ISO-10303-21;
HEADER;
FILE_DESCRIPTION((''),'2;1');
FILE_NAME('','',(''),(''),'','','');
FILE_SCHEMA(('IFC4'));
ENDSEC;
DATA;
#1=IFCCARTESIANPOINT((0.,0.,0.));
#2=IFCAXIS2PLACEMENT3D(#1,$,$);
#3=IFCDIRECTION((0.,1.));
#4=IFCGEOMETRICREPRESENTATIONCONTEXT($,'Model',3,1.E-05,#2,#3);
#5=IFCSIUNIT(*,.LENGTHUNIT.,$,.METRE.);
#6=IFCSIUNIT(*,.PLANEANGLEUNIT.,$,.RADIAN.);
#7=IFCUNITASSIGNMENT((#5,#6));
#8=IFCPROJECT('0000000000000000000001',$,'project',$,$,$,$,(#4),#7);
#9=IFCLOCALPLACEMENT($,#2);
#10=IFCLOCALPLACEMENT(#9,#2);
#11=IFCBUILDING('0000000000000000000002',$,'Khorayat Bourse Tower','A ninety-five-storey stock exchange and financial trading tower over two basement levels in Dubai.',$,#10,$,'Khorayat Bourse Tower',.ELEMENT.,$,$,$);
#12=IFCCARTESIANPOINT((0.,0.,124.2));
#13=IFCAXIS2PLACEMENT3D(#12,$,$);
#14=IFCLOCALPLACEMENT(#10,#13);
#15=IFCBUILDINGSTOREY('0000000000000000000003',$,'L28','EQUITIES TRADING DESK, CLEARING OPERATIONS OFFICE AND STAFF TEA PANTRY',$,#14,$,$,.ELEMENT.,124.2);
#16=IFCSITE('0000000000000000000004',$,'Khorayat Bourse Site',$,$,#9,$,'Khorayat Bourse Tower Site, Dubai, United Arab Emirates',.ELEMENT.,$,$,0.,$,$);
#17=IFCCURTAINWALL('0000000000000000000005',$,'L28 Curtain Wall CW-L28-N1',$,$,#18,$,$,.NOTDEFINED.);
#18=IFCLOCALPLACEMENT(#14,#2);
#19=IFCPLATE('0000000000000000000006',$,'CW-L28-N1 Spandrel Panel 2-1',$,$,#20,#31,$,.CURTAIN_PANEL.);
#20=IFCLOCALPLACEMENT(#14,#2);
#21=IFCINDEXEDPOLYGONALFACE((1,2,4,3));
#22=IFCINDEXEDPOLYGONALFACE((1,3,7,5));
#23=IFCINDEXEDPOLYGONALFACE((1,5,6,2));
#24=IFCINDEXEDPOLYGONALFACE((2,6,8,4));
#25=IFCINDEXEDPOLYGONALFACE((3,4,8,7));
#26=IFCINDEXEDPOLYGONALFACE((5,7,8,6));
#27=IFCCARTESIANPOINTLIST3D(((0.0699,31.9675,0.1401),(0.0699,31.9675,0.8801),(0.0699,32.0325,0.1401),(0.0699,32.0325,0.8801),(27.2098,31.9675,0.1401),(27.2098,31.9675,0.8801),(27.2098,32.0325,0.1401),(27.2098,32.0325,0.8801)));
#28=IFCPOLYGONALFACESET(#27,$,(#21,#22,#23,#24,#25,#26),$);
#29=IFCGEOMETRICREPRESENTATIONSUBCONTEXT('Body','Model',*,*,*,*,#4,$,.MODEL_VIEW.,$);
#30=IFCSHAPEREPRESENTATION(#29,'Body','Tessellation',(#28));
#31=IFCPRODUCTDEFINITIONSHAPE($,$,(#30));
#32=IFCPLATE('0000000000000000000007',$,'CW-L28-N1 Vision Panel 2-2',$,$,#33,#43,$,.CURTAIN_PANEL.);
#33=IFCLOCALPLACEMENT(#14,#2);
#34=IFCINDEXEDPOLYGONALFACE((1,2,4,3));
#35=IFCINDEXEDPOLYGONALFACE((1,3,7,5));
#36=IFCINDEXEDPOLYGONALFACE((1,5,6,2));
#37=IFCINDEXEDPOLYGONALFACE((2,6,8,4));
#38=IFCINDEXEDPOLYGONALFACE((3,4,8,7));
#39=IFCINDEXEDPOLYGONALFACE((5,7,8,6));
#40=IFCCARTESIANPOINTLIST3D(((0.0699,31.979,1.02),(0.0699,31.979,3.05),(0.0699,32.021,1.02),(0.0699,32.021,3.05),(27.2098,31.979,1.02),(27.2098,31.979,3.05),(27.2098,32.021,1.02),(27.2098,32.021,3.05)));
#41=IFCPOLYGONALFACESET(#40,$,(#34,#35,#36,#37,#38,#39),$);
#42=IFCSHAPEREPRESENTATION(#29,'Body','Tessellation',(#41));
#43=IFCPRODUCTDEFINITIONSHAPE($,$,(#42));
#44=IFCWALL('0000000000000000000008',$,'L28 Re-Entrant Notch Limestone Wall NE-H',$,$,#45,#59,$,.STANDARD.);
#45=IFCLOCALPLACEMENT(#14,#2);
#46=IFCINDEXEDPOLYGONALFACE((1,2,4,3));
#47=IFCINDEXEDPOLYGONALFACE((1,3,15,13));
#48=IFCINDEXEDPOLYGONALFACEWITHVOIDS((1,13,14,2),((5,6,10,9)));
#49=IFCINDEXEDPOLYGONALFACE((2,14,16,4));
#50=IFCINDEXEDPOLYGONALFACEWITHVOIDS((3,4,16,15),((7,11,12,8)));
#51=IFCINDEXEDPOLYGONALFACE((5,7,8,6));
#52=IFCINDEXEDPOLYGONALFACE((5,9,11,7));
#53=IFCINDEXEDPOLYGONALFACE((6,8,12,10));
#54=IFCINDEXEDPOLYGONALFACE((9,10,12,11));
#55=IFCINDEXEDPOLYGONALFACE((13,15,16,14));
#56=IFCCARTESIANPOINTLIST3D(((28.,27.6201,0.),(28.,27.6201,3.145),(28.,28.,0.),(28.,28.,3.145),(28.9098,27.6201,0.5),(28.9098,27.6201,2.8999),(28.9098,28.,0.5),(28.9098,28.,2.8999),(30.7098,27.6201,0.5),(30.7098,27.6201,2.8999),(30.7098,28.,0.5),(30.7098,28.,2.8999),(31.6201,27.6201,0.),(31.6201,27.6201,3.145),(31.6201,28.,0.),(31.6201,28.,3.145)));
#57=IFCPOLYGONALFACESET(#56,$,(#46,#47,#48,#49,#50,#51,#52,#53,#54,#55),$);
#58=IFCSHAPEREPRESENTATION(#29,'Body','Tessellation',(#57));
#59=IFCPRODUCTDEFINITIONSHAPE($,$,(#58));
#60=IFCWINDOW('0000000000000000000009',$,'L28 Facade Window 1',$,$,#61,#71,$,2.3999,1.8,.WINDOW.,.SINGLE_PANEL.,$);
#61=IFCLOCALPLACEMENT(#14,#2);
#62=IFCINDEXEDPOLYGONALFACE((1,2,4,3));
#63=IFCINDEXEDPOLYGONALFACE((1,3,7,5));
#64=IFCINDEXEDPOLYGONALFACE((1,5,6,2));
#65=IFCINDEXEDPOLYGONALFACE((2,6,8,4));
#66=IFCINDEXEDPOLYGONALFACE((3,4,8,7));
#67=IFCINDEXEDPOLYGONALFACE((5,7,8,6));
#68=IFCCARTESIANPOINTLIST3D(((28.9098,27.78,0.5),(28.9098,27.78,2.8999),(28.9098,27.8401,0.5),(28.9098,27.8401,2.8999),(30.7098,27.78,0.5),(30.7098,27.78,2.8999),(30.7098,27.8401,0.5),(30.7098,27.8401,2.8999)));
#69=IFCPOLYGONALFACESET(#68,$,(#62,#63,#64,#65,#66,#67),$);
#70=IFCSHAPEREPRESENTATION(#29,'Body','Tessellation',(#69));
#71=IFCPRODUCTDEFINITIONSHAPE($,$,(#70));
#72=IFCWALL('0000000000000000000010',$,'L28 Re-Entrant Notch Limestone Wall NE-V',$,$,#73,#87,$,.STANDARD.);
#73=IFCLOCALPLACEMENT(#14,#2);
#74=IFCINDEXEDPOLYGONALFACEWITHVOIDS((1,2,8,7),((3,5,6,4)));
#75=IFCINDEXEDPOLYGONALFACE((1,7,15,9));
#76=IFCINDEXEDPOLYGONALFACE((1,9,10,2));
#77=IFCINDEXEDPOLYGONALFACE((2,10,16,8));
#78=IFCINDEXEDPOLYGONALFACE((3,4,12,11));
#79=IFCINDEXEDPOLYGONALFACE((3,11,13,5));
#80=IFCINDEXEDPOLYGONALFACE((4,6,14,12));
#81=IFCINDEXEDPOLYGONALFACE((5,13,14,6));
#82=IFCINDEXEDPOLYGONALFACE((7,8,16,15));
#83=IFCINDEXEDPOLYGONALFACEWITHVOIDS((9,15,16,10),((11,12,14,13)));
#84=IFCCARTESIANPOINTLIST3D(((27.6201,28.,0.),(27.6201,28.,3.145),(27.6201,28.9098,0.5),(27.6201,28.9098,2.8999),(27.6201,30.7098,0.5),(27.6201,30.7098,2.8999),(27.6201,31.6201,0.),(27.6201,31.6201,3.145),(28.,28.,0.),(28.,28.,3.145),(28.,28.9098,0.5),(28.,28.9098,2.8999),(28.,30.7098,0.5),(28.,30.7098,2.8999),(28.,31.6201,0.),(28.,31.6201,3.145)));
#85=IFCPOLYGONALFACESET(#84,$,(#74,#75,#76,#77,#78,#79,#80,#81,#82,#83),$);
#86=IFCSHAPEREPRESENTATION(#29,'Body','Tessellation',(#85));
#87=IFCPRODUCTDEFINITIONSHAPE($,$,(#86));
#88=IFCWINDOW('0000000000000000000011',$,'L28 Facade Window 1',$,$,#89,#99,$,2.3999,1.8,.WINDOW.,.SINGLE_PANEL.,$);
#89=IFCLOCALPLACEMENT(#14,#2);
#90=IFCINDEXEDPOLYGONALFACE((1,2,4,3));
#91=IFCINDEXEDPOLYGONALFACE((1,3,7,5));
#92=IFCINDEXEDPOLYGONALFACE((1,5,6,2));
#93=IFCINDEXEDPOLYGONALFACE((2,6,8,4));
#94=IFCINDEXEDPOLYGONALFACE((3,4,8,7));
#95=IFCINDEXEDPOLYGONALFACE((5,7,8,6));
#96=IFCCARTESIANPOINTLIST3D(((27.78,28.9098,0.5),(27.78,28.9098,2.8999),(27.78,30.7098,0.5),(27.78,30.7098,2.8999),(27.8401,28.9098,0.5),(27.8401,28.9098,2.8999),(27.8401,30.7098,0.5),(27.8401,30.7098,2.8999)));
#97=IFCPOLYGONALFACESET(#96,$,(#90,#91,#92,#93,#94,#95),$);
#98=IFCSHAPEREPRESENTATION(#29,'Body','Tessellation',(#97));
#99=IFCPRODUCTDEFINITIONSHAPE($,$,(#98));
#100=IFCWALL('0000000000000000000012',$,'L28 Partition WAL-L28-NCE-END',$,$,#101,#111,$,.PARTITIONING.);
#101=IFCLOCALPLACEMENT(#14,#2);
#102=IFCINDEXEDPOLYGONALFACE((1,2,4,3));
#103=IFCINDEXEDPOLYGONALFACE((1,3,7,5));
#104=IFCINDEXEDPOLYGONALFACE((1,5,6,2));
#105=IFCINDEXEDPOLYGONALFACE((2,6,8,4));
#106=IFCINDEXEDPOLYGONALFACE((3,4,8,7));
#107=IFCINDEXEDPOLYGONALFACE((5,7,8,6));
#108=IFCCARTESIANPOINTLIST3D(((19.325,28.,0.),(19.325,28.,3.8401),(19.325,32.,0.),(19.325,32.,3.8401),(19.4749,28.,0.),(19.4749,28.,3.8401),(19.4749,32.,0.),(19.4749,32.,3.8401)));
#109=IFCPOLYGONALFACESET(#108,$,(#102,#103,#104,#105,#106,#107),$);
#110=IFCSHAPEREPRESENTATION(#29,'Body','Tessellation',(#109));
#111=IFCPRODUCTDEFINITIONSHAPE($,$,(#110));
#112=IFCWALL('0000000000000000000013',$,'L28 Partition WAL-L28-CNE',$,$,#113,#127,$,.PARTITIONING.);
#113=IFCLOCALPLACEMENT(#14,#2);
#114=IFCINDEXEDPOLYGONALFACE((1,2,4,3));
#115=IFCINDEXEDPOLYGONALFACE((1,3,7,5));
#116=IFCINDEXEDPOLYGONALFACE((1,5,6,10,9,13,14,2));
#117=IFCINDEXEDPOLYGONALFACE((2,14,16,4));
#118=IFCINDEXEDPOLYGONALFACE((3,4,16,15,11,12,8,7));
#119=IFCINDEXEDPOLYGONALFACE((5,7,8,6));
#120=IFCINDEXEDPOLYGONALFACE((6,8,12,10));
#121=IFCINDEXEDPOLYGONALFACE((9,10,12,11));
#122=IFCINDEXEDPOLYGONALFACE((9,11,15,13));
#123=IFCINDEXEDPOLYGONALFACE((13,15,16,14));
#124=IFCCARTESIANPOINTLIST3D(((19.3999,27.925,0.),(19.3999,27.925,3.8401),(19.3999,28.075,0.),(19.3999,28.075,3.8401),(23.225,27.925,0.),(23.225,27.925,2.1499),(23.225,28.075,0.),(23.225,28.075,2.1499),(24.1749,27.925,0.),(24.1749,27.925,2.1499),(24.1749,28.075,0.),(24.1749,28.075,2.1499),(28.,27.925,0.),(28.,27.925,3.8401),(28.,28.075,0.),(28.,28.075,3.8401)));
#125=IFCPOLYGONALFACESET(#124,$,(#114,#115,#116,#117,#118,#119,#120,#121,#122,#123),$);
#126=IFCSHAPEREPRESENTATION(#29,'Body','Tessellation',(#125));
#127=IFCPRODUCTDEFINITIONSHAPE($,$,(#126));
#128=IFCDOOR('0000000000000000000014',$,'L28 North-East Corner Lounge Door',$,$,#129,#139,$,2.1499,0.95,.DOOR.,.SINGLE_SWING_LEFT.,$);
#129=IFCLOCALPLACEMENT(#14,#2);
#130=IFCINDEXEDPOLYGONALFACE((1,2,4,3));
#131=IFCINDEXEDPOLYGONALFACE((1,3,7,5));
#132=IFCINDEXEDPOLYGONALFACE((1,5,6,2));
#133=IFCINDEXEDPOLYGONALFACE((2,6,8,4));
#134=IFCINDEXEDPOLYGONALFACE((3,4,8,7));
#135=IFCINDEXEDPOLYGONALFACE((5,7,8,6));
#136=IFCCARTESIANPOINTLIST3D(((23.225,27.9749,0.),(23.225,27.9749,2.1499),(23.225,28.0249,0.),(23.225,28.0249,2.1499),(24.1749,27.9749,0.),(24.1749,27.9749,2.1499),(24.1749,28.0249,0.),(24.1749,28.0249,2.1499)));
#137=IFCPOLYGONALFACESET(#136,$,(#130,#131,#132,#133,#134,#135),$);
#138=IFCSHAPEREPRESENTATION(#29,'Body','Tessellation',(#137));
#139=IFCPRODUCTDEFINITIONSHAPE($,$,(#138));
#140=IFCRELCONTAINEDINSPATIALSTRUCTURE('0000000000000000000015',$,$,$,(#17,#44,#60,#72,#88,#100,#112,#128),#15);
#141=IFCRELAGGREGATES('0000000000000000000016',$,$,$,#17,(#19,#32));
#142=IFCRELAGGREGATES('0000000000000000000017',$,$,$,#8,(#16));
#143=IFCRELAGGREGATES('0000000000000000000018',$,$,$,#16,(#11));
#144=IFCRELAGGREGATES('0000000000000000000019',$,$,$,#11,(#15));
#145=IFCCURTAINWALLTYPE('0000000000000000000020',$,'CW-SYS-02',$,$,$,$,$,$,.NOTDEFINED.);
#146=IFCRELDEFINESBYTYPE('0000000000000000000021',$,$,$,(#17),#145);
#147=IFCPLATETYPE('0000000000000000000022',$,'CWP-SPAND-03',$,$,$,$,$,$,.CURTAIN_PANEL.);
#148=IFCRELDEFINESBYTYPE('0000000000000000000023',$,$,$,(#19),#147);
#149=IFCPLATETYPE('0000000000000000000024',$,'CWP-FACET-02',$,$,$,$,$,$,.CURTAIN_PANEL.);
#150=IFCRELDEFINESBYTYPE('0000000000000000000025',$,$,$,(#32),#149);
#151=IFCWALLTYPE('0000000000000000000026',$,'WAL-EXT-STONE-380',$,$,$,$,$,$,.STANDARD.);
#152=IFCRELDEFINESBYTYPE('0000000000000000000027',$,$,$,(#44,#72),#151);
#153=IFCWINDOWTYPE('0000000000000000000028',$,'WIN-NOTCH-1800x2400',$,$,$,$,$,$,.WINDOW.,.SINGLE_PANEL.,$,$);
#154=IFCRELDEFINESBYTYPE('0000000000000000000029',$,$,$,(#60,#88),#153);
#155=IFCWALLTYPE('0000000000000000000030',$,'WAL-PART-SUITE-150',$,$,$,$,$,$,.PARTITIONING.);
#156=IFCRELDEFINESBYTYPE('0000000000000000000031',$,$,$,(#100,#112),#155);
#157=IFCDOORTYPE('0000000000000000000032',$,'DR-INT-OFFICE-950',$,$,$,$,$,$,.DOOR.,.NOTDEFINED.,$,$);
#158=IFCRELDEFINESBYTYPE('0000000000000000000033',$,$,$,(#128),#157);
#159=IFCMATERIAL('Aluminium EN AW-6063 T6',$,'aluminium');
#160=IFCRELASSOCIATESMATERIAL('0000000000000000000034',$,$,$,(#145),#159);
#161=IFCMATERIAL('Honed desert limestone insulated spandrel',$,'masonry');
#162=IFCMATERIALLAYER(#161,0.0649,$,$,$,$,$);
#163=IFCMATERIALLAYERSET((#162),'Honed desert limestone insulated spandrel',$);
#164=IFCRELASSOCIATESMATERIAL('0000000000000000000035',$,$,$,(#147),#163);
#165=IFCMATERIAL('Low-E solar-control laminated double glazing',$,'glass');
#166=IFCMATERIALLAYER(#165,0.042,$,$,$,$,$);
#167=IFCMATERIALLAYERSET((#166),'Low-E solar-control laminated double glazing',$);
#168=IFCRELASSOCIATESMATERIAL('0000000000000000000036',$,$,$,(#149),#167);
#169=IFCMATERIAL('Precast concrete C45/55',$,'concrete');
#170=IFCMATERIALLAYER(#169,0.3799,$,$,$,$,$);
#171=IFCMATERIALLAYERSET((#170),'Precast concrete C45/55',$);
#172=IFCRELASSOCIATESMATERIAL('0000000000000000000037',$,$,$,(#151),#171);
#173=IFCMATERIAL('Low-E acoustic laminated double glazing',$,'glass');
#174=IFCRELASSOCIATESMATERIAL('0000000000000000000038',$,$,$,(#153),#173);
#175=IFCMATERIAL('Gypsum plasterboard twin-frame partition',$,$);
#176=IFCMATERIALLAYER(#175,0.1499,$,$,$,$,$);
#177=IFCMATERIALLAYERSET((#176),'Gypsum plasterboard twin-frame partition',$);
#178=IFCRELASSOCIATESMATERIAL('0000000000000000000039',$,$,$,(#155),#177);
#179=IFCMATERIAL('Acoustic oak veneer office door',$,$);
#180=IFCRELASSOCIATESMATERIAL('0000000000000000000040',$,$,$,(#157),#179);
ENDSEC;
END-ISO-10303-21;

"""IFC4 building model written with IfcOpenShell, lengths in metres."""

from ifc_helpers import new_model, si_unit, direction, frame, frame_2d, origin, origin_2d, place, context, subcontext, project, spatial, rectangle, extrude, source, transform, mapped, material, layer, layer_set, type_object, element, fill, aggregate, save


model = new_model("IFC4")

# Units and contexts
model_context = context("Model", 3, precision=1e-05, world=origin(), true_north=direction((0.0, 1.0)))
body_context = subcontext(model_context, "Body", "Model", "MODEL_VIEW")
ifc_project = project(units=[si_unit("LENGTHUNIT", "METRE"), si_unit("PLANEANGLEUNIT", "RADIAN")], contexts=[model_context])

# Site, building, storey
site_placement = place(None, origin())
site = spatial("IfcSite", under=ifc_project, at=site_placement, Name="Khorayat Bourse Site", LongName="Khorayat Bourse Tower Site, Dubai, United Arab Emirates", CompositionType="ELEMENT", RefElevation=0.0)
building_placement = place(site_placement, origin())
building = spatial("IfcBuilding", under=site, at=building_placement, Name="Khorayat Bourse Tower", Description="A ninety-five-storey stock exchange and financial trading tower over two basement levels in Dubai.", LongName="Khorayat Bourse Tower", CompositionType="ELEMENT")
storey_placement = place(building_placement, frame((0.0, 0.0, 124.2)))
storey = spatial("IfcBuildingStorey", under=building, at=storey_placement, Name="L28", Description="EQUITIES TRADING DESK, CLEARING OPERATIONS OFFICE AND STAFF TEA PANTRY", CompositionType="ELEMENT", Elevation=124.2)

# Curtain wall
ifc_material_1 = material(Name="Aluminium EN AW-6063 T6", Category="aluminium")
curtain_wall_type = type_object("IfcCurtainWallType", Name="CW-SYS-02", PredefinedType="NOTDEFINED", material=ifc_material_1)
curtain_wall_1_placement = place(storey_placement, origin())
curtain_wall_1 = element("IfcCurtainWall", 1, at=curtain_wall_1_placement, inside=storey, type_object=curtain_wall_type, Name="L28 Curtain Wall CW-L28-N1", PredefinedType="NOTDEFINED")

# Plates
ifc_material_2 = material(Name="Honed desert limestone insulated spandrel", Category="masonry")
ifc_layer_1 = layer(ifc_material_2, 0.0649)
ifc_layer_set_1 = layer_set([ifc_layer_1], Name="Honed desert limestone insulated spandrel")
plate_type_1 = type_object("IfcPlateType", Name="CWP-SPAND-03", PredefinedType="CURTAIN_PANEL", material=ifc_layer_set_1)
shared_shape_1 = source(origin(), body_context, "Body", "SweptSolid", [
    extrude(rectangle(XDim=27.1399, YDim=0.0649, at=origin_2d()), origin(), (0.0, 0.0, 1.0), 0.74),
])
plate_1_placement = place(storey_placement, frame((13.6399, 32.0, 0.1401), z_axis=(0.0, 0.0, 1.0), x_axis=(1.0, 0.0, 0.0)))
plate_1 = element("IfcPlate", 2, at=plate_1_placement, type_object=plate_type_1, Name="CW-L28-N1 Spandrel Panel 2-1", PredefinedType="CURTAIN_PANEL", context=body_context, shape_type="MappedRepresentation", body=[
    mapped(shared_shape_1, transform((0.0, 0.0, 0.0), scale=1.0)),
])
ifc_material_3 = material(Name="Low-E solar-control laminated double glazing", Category="glass")
ifc_layer_2 = layer(ifc_material_3, 0.042)
ifc_layer_set_2 = layer_set([ifc_layer_2], Name="Low-E solar-control laminated double glazing")
plate_type_2 = type_object("IfcPlateType", Name="CWP-FACET-02", PredefinedType="CURTAIN_PANEL", material=ifc_layer_set_2)
shared_shape_2 = source(origin(), body_context, "Body", "SweptSolid", [
    extrude(rectangle(XDim=27.1399, YDim=0.042, at=origin_2d()), origin(), (0.0, 0.0, 1.0), 2.03),
])
plate_2_placement = place(storey_placement, frame((13.6399, 32.0, 1.02), z_axis=(0.0, 0.0, 1.0), x_axis=(1.0, 0.0, 0.0)))
plate_2 = element("IfcPlate", 3, at=plate_2_placement, type_object=plate_type_2, Name="CW-L28-N1 Vision Panel 2-2", PredefinedType="CURTAIN_PANEL", context=body_context, shape_type="MappedRepresentation", body=[
    mapped(shared_shape_2, transform((0.0, 0.0, 0.0), scale=1.0)),
])
aggregate(curtain_wall_1, [plate_1, plate_2])

# Walls, openings, windows
ifc_material_4 = material(Name="Precast concrete C45/55", Category="concrete")
ifc_layer_3 = layer(ifc_material_4, 0.3799)
ifc_layer_set_3 = layer_set([ifc_layer_3], Name="Precast concrete C45/55")
wall_type_1 = type_object("IfcWallType", Name="WAL-EXT-STONE-380", PredefinedType="STANDARD", material=ifc_layer_set_3)
shared_shape_3 = source(origin(), body_context, "Body", "SweptSolid", [
    extrude(rectangle(XDim=3.6201, YDim=0.3799, at=frame_2d((1.8101, 0.0))), origin(), (0.0, 0.0, 1.0), 3.145),
])
wall_1_placement = place(storey_placement, frame((28.0, 27.8101, 0.0), z_axis=(0.0, 0.0, 1.0), x_axis=(1.0, 0.0, 0.0)))
wall_1 = element("IfcWall", 4, at=wall_1_placement, inside=storey, type_object=wall_type_1, Name="L28 Re-Entrant Notch Limestone Wall NE-H", PredefinedType="STANDARD", context=body_context, shape_type="MappedRepresentation", body=[
    mapped(shared_shape_3, transform((0.0, 0.0, 0.0), scale=1.0)),
])
shared_shape_4 = source(origin(), body_context, "Body", "SweptSolid", [
    extrude(rectangle(XDim=1.8, YDim=2.3999, at=frame_2d((0.8999, 1.2))), frame((0.0, 0.2, 0.0), z_axis=(0.0, -1.0, 0.0), x_axis=(1.0, 0.0, 0.0)), (0.0, 0.0, 1.0), 0.3999),
])
opening_1_placement = place(wall_1_placement, frame((0.9099, 0.0, 0.5)))
opening_1 = element("IfcOpeningElement", 5, at=opening_1_placement, cuts=wall_1, PredefinedType="OPENING", context=body_context, shape_type="MappedRepresentation", body=[
    mapped(shared_shape_4, transform((0.0, 0.0, 0.0), scale=1.0)),
])
ifc_material_5 = material(Name="Low-E acoustic laminated double glazing", Category="glass")
window_type = type_object("IfcWindowType", Name="WIN-NOTCH-1800x2400", PartitioningType="SINGLE_PANEL", PredefinedType="WINDOW", material=ifc_material_5)
shared_shape_5 = source(origin(), body_context, "Body", "SweptSolid", [
    extrude(rectangle(XDim=1.8, YDim=2.3999, at=frame_2d((0.8999, 1.2))), frame((0.0, 0.03, 0.0), z_axis=(0.0, -1.0, 0.0), x_axis=(1.0, 0.0, 0.0)), (0.0, 0.0, 1.0), 0.0601),
])
window_1_placement = place(opening_1_placement, origin())
window_1 = element("IfcWindow", 6, at=window_1_placement, inside=storey, type_object=window_type, Name="L28 Facade Window 1", OverallHeight=2.3999, OverallWidth=1.8, PartitioningType="SINGLE_PANEL", PredefinedType="WINDOW", context=body_context, shape_type="MappedRepresentation", body=[
    mapped(shared_shape_5, transform((0.0, 0.0, 0.0), scale=1.0)),
])
fill(opening_1, window_1)
wall_2_placement = place(storey_placement, frame((27.8101, 28.0, 0.0), z_axis=(0.0, 0.0, 1.0), x_axis=(0.0, 1.0, 0.0)))
wall_2 = element("IfcWall", 7, at=wall_2_placement, inside=storey, type_object=wall_type_1, Name="L28 Re-Entrant Notch Limestone Wall NE-V", PredefinedType="STANDARD", context=body_context, shape_type="MappedRepresentation", body=[
    mapped(shared_shape_3, transform((0.0, 0.0, 0.0), scale=1.0)),
])
opening_2_placement = place(wall_2_placement, frame((0.9099, 0.0, 0.5)))
opening_2 = element("IfcOpeningElement", 8, at=opening_2_placement, cuts=wall_2, PredefinedType="OPENING", context=body_context, shape_type="MappedRepresentation", body=[
    mapped(shared_shape_4, transform((0.0, 0.0, 0.0), scale=1.0)),
])
window_2_placement = place(opening_2_placement, origin())
window_2 = element("IfcWindow", 9, at=window_2_placement, inside=storey, type_object=window_type, Name="L28 Facade Window 1", OverallHeight=2.3999, OverallWidth=1.8, PartitioningType="SINGLE_PANEL", PredefinedType="WINDOW", context=body_context, shape_type="MappedRepresentation", body=[
    mapped(shared_shape_5, transform((0.0, 0.0, 0.0), scale=1.0)),
])
fill(opening_2, window_2)

# Wall
ifc_material_6 = material(Name="Gypsum plasterboard twin-frame partition")
ifc_layer_4 = layer(ifc_material_6, 0.1499)
ifc_layer_set_4 = layer_set([ifc_layer_4], Name="Gypsum plasterboard twin-frame partition")
wall_type_2 = type_object("IfcWallType", Name="WAL-PART-SUITE-150", PredefinedType="PARTITIONING", material=ifc_layer_set_4)
shared_shape_6 = source(origin(), body_context, "Body", "SweptSolid", [
    extrude(rectangle(XDim=4.0, YDim=0.1499, at=frame_2d((2.0, 0.0))), origin(), (0.0, 0.0, 1.0), 3.8401),
])
wall_3_placement = place(storey_placement, frame((19.3999, 28.0, 0.0), z_axis=(0.0, 0.0, 1.0), x_axis=(0.0, 1.0, 0.0)))
element("IfcWall", 10, at=wall_3_placement, inside=storey, type_object=wall_type_2, Name="L28 Partition WAL-L28-NCE-END", PredefinedType="PARTITIONING", context=body_context, shape_type="MappedRepresentation", body=[
    mapped(shared_shape_6, transform((0.0, 0.0, 0.0), scale=1.0)),
])

# Wall, opening, door
shared_shape_7 = source(origin(), body_context, "Body", "SweptSolid", [
    extrude(rectangle(XDim=8.6001, YDim=0.1499, at=frame_2d((4.3, 0.0))), origin(), (0.0, 0.0, 1.0), 3.8401),
])
wall_4_placement = place(storey_placement, frame((19.3999, 28.0, 0.0), z_axis=(0.0, 0.0, 1.0), x_axis=(1.0, 0.0, 0.0)))
wall_4 = element("IfcWall", 11, at=wall_4_placement, inside=storey, type_object=wall_type_2, Name="L28 Partition WAL-L28-CNE", PredefinedType="PARTITIONING", context=body_context, shape_type="MappedRepresentation", body=[
    mapped(shared_shape_7, transform((0.0, 0.0, 0.0), scale=1.0)),
])
shared_shape_8 = source(origin(), body_context, "Body", "SweptSolid", [
    extrude(rectangle(XDim=0.95, YDim=2.1499, at=frame_2d((0.4751, 1.075))), frame((0.0, 0.085, 0.0), z_axis=(0.0, -1.0, 0.0), x_axis=(1.0, 0.0, 0.0)), (0.0, 0.0, 1.0), 0.1699),
])
opening_3_placement = place(wall_4_placement, frame((3.825, 0.0, 0.0)))
opening_3 = element("IfcOpeningElement", 12, at=opening_3_placement, cuts=wall_4, PredefinedType="OPENING", context=body_context, shape_type="MappedRepresentation", body=[
    mapped(shared_shape_8, transform((0.0, 0.0, 0.0), scale=1.0)),
])
ifc_material_7 = material(Name="Acoustic oak veneer office door")
door_type = type_object("IfcDoorType", Name="DR-INT-OFFICE-950", OperationType="NOTDEFINED", PredefinedType="DOOR", material=ifc_material_7)
shared_shape_9 = source(origin(), body_context, "Body", "SweptSolid", [
    extrude(rectangle(XDim=0.95, YDim=2.1499, at=frame_2d((0.4751, 1.075))), frame((0.0, 0.0249, 0.0), z_axis=(0.0, -1.0, 0.0), x_axis=(1.0, 0.0, 0.0)), (0.0, 0.0, 1.0), 0.05),
])
door_placement = place(opening_3_placement, origin())
door = element("IfcDoor", 13, at=door_placement, inside=storey, type_object=door_type, Name="L28 North-East Corner Lounge Door", OperationType="SINGLE_SWING_LEFT", OverallHeight=2.1499, OverallWidth=0.95, PredefinedType="DOOR", context=body_context, shape_type="MappedRepresentation", body=[
    mapped(shared_shape_9, transform((0.0, 0.0, 0.0), scale=1.0)),
])
fill(opening_3, door)

save(model, "model.ifc")
